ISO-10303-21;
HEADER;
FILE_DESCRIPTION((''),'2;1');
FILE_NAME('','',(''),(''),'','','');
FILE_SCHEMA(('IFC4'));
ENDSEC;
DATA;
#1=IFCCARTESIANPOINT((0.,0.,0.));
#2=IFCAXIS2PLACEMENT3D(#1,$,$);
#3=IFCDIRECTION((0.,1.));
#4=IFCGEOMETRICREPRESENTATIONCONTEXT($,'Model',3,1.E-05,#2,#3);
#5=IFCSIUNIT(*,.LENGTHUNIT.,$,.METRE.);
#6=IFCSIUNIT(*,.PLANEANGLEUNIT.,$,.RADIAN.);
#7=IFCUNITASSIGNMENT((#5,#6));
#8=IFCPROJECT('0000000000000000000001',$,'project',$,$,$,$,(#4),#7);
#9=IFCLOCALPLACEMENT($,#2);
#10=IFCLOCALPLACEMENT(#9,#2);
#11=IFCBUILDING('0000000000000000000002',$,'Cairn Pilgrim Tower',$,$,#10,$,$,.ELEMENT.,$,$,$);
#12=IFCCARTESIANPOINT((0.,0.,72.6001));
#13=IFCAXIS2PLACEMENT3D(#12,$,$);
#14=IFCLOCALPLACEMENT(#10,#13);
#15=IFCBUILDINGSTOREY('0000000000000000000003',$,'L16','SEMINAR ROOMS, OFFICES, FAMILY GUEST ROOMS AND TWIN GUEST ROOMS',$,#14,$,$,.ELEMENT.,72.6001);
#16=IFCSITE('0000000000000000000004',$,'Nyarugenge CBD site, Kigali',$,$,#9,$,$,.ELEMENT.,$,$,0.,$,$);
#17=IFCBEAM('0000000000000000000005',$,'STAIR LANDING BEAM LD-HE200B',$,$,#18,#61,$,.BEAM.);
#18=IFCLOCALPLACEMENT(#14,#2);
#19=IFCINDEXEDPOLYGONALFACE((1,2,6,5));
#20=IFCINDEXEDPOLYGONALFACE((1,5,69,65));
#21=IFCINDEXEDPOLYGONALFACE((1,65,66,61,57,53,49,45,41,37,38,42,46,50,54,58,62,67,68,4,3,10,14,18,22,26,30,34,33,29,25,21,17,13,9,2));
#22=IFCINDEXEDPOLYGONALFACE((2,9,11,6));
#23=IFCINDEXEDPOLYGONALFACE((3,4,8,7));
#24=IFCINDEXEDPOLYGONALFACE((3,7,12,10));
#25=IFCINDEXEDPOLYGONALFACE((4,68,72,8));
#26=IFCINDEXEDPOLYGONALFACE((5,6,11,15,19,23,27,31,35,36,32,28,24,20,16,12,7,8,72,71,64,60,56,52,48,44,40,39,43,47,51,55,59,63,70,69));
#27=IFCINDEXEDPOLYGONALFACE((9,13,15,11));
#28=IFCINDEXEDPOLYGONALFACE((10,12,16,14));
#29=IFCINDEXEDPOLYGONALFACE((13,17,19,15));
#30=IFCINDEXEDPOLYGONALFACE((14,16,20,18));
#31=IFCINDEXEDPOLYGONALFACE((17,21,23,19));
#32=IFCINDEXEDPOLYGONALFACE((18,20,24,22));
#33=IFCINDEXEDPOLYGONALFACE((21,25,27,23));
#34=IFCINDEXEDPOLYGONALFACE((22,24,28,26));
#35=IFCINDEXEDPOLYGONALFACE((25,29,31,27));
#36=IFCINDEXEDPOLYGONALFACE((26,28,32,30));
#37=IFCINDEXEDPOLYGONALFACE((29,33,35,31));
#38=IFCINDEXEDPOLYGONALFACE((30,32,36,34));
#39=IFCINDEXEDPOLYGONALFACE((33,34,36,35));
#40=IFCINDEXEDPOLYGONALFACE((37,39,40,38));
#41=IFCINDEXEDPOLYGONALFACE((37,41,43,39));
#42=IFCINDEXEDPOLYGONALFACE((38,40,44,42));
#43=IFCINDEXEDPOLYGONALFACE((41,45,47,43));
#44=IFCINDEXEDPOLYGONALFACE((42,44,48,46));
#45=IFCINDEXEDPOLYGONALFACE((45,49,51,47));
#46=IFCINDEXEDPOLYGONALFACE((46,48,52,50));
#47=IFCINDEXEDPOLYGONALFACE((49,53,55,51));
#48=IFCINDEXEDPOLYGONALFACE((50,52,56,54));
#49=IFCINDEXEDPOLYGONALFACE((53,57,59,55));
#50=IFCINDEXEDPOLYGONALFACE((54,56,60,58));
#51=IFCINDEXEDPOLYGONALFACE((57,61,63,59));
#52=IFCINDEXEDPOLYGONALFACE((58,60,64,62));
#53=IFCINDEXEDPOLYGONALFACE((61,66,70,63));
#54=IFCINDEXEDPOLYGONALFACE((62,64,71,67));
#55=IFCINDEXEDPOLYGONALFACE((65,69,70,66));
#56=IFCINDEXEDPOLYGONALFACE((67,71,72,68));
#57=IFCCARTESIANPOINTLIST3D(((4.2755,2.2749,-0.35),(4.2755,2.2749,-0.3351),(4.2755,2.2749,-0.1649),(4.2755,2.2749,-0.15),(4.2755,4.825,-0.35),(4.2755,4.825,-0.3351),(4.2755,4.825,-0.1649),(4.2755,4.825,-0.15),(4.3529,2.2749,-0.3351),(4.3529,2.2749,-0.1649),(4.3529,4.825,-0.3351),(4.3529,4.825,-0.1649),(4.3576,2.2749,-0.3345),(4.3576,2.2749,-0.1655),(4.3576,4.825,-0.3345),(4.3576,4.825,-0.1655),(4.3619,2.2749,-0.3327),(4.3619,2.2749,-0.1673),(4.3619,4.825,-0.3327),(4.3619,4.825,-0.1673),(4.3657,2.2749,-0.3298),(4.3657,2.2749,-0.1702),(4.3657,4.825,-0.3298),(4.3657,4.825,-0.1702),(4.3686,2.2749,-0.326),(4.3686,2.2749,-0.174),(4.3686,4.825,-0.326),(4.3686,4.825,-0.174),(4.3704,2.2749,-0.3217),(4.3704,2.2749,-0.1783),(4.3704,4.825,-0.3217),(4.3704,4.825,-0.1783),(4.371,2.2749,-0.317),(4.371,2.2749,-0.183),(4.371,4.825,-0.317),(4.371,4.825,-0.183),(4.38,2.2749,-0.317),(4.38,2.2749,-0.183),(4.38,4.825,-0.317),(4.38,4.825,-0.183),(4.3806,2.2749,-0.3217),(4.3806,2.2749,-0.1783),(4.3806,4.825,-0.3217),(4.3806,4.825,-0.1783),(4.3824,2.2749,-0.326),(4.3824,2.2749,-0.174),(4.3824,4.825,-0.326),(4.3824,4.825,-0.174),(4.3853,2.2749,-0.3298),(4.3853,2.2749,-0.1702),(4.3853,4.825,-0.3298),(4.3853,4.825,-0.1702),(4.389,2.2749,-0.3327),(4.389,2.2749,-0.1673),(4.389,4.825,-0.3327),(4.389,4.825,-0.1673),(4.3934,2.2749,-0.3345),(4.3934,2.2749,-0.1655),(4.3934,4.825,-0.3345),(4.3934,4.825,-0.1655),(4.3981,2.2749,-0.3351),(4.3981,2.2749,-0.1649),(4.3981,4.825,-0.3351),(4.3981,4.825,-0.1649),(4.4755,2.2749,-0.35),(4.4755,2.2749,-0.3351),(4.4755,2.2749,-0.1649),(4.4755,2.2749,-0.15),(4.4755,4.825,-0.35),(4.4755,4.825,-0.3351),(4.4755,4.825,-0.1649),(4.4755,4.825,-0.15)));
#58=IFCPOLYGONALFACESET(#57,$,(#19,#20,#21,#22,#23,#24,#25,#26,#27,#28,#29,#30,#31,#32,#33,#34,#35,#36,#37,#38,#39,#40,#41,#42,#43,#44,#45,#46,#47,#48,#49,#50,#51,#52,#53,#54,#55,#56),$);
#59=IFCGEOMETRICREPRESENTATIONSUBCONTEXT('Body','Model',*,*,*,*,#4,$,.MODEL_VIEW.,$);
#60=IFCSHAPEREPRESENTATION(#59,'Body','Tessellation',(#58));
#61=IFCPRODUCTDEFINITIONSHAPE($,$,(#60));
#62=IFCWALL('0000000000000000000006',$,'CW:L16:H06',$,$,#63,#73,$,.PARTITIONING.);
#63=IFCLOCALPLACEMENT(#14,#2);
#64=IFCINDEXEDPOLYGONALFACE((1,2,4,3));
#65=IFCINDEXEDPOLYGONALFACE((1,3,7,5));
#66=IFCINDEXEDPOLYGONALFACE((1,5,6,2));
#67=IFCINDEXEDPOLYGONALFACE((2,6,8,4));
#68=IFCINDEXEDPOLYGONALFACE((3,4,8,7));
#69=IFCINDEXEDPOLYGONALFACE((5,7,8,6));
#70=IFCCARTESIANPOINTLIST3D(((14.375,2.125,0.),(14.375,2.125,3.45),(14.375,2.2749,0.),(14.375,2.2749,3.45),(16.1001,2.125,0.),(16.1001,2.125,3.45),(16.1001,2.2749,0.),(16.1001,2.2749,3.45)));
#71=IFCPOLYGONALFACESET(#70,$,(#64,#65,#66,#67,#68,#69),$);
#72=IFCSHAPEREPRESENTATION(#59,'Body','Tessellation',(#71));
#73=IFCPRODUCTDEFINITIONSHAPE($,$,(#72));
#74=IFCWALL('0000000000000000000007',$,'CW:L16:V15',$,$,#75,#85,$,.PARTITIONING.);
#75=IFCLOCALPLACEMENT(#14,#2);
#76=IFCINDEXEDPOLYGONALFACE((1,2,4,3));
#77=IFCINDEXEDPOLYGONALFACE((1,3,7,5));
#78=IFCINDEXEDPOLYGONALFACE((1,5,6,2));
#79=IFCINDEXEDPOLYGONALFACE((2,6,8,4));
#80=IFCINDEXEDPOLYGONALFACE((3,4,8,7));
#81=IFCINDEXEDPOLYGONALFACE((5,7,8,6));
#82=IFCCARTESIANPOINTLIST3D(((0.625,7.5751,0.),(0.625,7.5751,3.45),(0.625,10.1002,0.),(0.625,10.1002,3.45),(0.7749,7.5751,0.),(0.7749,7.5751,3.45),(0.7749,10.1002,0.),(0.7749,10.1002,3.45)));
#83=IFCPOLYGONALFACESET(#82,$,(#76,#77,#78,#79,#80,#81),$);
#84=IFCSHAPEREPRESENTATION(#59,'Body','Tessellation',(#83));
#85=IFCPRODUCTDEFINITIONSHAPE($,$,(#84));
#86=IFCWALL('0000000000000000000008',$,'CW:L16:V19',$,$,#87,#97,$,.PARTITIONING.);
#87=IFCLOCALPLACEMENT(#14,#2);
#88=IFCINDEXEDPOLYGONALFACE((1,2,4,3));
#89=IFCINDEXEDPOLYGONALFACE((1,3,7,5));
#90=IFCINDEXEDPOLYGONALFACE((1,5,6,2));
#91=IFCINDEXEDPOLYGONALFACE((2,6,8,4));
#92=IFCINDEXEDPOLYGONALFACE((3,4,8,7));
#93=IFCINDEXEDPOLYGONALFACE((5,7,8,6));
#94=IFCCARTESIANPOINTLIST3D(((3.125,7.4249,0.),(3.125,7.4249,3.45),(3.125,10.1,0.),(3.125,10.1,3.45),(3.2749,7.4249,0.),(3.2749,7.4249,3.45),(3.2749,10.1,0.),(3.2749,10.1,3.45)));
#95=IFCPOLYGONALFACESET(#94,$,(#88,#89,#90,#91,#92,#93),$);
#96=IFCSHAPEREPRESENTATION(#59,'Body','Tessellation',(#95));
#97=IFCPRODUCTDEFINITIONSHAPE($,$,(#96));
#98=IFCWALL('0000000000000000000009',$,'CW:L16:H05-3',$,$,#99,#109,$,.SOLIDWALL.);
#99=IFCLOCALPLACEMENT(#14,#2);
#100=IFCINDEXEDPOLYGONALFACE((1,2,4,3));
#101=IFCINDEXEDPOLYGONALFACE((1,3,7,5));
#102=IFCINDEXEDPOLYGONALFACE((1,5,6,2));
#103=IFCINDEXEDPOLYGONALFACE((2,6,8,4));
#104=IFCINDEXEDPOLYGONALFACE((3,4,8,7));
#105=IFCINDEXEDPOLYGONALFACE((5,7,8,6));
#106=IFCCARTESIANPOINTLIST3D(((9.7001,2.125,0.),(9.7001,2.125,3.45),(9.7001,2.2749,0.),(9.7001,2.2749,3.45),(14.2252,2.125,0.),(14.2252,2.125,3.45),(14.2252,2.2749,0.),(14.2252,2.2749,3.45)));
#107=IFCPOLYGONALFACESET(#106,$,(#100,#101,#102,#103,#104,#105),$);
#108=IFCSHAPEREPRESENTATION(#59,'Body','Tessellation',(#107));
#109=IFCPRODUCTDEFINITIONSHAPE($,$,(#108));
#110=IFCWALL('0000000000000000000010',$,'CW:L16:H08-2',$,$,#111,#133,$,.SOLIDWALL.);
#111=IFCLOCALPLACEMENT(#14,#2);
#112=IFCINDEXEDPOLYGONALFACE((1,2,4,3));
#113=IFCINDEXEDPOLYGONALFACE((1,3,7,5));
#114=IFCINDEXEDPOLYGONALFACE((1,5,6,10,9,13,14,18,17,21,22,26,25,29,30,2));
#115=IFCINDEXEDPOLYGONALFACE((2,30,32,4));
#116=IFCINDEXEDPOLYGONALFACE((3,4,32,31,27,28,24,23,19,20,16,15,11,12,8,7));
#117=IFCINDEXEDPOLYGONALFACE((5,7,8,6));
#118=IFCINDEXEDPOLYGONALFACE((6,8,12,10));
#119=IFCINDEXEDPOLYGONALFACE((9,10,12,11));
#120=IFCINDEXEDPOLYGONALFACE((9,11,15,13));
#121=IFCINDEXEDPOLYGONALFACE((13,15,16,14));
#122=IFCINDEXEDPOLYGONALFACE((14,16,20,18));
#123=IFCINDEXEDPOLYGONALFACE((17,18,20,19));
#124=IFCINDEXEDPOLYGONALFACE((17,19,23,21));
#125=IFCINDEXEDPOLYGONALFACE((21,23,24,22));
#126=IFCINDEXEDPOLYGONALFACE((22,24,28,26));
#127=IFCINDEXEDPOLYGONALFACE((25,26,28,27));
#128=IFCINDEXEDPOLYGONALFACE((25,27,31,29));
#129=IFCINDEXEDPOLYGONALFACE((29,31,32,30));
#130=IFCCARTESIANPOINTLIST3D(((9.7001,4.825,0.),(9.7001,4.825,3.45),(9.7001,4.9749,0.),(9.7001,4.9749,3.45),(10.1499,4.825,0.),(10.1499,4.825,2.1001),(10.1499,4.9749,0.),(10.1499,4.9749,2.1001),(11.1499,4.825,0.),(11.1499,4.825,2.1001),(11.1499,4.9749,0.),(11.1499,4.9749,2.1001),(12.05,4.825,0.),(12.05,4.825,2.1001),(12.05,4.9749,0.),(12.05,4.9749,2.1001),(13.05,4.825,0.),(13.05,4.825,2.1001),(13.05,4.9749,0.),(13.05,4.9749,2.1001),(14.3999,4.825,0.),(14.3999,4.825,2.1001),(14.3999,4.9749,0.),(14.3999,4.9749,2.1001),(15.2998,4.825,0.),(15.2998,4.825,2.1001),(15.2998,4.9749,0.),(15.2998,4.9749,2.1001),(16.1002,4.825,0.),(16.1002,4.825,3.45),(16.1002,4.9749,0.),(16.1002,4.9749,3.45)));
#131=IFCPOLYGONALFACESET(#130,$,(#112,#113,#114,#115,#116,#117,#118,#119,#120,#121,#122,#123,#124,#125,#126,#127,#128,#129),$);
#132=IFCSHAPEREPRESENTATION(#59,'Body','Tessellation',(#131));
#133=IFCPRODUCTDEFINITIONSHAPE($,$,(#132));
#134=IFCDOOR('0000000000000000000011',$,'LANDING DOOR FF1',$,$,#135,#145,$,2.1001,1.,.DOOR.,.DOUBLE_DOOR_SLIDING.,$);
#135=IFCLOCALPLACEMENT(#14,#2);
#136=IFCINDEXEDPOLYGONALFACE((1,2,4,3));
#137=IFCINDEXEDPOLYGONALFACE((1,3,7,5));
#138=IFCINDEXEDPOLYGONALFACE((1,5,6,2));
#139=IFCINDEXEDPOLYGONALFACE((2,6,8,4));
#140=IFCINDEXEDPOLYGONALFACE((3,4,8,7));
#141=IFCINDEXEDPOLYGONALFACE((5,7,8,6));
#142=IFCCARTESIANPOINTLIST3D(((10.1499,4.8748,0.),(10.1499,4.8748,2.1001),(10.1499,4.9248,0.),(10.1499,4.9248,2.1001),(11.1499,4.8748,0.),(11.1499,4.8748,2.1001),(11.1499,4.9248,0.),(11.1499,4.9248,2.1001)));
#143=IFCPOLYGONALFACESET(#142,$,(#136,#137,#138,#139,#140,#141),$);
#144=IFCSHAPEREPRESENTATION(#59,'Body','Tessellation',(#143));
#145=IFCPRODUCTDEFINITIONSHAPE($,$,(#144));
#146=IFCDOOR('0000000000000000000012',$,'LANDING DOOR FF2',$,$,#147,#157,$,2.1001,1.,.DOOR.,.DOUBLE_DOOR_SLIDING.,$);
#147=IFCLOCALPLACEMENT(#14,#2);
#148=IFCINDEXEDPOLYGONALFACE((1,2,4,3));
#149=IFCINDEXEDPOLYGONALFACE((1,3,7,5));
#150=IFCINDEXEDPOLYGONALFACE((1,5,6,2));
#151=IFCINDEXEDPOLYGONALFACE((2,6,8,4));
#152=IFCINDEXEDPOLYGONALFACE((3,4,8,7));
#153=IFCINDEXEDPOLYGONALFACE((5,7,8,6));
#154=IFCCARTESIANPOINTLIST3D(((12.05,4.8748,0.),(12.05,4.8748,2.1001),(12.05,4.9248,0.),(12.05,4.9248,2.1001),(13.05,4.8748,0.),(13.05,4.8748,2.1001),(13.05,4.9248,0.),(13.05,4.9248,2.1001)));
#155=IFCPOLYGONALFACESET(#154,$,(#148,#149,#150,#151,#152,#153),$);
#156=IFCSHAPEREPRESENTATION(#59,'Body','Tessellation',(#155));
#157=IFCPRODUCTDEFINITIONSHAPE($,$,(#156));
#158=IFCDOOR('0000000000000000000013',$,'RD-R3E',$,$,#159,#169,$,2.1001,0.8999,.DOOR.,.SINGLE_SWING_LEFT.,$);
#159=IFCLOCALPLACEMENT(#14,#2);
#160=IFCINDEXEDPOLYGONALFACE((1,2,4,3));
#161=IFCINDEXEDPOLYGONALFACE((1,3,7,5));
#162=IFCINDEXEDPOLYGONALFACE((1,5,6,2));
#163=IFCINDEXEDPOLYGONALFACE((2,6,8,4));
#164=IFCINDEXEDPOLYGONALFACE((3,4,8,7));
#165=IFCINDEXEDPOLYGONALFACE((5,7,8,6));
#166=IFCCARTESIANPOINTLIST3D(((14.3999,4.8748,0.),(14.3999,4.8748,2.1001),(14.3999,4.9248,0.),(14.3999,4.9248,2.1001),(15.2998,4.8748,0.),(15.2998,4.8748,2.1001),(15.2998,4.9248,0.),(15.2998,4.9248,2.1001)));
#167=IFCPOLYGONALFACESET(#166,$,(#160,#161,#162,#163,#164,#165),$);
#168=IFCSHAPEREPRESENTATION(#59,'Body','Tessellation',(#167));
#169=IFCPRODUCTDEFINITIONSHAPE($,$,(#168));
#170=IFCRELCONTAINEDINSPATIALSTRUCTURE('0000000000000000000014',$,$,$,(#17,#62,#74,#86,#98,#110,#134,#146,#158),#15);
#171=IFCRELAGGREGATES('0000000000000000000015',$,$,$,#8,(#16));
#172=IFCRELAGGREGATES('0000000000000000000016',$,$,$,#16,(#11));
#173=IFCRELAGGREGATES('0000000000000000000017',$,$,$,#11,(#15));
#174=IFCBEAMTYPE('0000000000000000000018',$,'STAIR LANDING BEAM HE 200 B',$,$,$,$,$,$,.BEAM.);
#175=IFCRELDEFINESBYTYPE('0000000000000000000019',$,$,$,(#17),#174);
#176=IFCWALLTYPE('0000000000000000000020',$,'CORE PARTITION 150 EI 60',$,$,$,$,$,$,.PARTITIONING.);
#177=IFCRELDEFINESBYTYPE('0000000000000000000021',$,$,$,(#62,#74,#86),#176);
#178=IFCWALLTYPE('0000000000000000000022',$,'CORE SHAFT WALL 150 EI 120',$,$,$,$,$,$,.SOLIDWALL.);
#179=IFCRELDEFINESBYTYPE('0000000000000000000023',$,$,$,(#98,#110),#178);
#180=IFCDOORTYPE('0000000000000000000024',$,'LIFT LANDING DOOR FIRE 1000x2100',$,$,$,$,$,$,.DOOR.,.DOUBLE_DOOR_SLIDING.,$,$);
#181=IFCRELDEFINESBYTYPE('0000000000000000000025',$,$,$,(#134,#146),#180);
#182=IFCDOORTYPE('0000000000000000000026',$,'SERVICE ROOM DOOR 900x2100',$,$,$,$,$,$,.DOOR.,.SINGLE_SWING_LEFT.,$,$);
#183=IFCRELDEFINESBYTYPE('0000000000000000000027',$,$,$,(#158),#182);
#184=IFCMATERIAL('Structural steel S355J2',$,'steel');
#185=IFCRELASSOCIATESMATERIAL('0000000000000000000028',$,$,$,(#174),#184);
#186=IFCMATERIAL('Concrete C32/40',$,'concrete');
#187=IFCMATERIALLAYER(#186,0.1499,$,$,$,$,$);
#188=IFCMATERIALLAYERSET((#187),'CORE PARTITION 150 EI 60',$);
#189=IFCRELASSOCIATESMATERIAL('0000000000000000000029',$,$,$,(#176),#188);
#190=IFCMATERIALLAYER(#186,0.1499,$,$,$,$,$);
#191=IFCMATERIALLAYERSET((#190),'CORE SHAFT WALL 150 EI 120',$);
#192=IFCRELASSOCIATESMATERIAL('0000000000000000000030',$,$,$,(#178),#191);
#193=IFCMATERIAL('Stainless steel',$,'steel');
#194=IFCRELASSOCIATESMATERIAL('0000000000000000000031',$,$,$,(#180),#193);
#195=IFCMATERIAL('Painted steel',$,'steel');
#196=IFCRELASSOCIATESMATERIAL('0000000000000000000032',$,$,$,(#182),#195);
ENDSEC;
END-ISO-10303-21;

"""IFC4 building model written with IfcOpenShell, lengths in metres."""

from ifc_helpers import new_model, si_unit, direction, frame, frame_2d, origin, origin_2d, place, context, subcontext, project, spatial, rectangle, i_section, extrude, material, layer, layer_set, material_profile, profile_set, type_object, element, fill, save


model = new_model("IFC4")

# Units and contexts
model_context = context("Model", 3, precision=1e-05, world=origin(), true_north=direction((0.0, 1.0)))
body_context = subcontext(model_context, "Body", "Model", "MODEL_VIEW")
ifc_project = project(units=[si_unit("LENGTHUNIT", "METRE"), si_unit("PLANEANGLEUNIT", "RADIAN")], contexts=[model_context])

# Site, building, storey
site_placement = place(None, origin())
site = spatial("IfcSite", under=ifc_project, at=site_placement, Name="Nyarugenge CBD site, Kigali", CompositionType="ELEMENT", RefElevation=0.0)
building_placement = place(site_placement, origin())
building = spatial("IfcBuilding", under=site, at=building_placement, Name="Cairn Pilgrim Tower", CompositionType="ELEMENT")
storey_placement = place(building_placement, frame((0.0, 0.0, 72.6001)))
storey = spatial("IfcBuildingStorey", under=building, at=storey_placement, Name="L16", Description="SEMINAR ROOMS, OFFICES, FAMILY GUEST ROOMS AND TWIN GUEST ROOMS", CompositionType="ELEMENT", Elevation=72.6001)

# Beam
ifc_material_1 = material(Name="Structural steel S355J2", Category="steel")
ifc_material_profile = material_profile(ifc_material_1, i_section(OverallWidth=0.2, OverallDepth=0.2, WebThickness=0.009, FlangeThickness=0.0149, FilletRadius=0.0181, at=origin_2d()), Name="HE 200 B")
ifc_profile_set = profile_set([ifc_material_profile], Name="Structural steel S355J2")
beam_type = type_object("IfcBeamType", Name="STAIR LANDING BEAM HE 200 B", PredefinedType="BEAM", material=ifc_profile_set)
beam_placement = place(storey_placement, frame((4.3755, 2.2749, -0.25), z_axis=(0.0, 1.0, 0.0), x_axis=(-1.0, 0.0, 0.0)))
element("IfcBeam", 1, at=beam_placement, inside=storey, type_object=beam_type, Name="STAIR LANDING BEAM LD-HE200B", PredefinedType="BEAM", context=body_context, shape_type="SweptSolid", body=[
    extrude(i_section(OverallWidth=0.2, OverallDepth=0.2, WebThickness=0.009, FlangeThickness=0.0149, FilletRadius=0.0181, at=origin_2d()), origin(), (0.0, 0.0, 1.0), 2.55),
])

# Walls
ifc_material_2 = material(Name="Concrete C32/40", Category="concrete")
ifc_layer_1 = layer(ifc_material_2, 0.1499)
ifc_layer_set_1 = layer_set([ifc_layer_1], Name="CORE PARTITION 150 EI 60")
wall_type_1 = type_object("IfcWallType", Name="CORE PARTITION 150 EI 60", PredefinedType="PARTITIONING", material=ifc_layer_set_1)
wall_1_placement = place(storey_placement, frame((14.375, 2.2, 0.0), z_axis=(0.0, 0.0, 1.0), x_axis=(1.0, 0.0, 0.0)))
element("IfcWall", 2, at=wall_1_placement, inside=storey, type_object=wall_type_1, Name="CW:L16:H06", PredefinedType="PARTITIONING", context=body_context, shape_type="SweptSolid", body=[
    extrude(rectangle(XDim=1.7251, YDim=0.1499, at=frame_2d((0.8625, 0.0))), origin(), (0.0, 0.0, 1.0), 3.45),
])
wall_2_placement = place(storey_placement, frame((0.7, 7.575, 0.0), z_axis=(0.0, 0.0, 1.0), x_axis=(0.0, 1.0, 0.0)))
element("IfcWall", 3, at=wall_2_placement, inside=storey, type_object=wall_type_1, Name="CW:L16:V15", PredefinedType="PARTITIONING", context=body_context, shape_type="SweptSolid", body=[
    extrude(rectangle(XDim=2.5251, YDim=0.1499, at=frame_2d((1.2627, 0.0))), origin(), (0.0, 0.0, 1.0), 3.45),
])
wall_3_placement = place(storey_placement, frame((3.2, 7.425, 0.0), z_axis=(0.0, 0.0, 1.0), x_axis=(0.0, 1.0, 0.0)))
element("IfcWall", 4, at=wall_3_placement, inside=storey, type_object=wall_type_1, Name="CW:L16:V19", PredefinedType="PARTITIONING", context=body_context, shape_type="SweptSolid", body=[
    extrude(rectangle(XDim=2.675, YDim=0.1499, at=frame_2d((1.3374, 0.0))), origin(), (0.0, 0.0, 1.0), 3.45),
])
ifc_layer_2 = layer(ifc_material_2, 0.1499)
ifc_layer_set_2 = layer_set([ifc_layer_2], Name="CORE SHAFT WALL 150 EI 120")
wall_type_2 = type_object("IfcWallType", Name="CORE SHAFT WALL 150 EI 120", PredefinedType="SOLIDWALL", material=ifc_layer_set_2)
wall_4_placement = place(storey_placement, frame((9.7, 2.2, 0.0), z_axis=(0.0, 0.0, 1.0), x_axis=(1.0, 0.0, 0.0)))
element("IfcWall", 5, at=wall_4_placement, inside=storey, type_object=wall_type_2, Name="CW:L16:H05-3", PredefinedType="SOLIDWALL", context=body_context, shape_type="SweptSolid", body=[
    extrude(rectangle(XDim=4.5251, YDim=0.1499, at=frame_2d((2.2627, 0.0))), origin(), (0.0, 0.0, 1.0), 3.45),
])

# Wall, openings, doors
wall_5_placement = place(storey_placement, frame((9.7, 4.8999, 0.0), z_axis=(0.0, 0.0, 1.0), x_axis=(1.0, 0.0, 0.0)))
wall_5 = element("IfcWall", 6, at=wall_5_placement, inside=storey, type_object=wall_type_2, Name="CW:L16:H08-2", PredefinedType="SOLIDWALL", context=body_context, shape_type="SweptSolid", body=[
    extrude(rectangle(XDim=6.4001, YDim=0.1499, at=frame_2d((3.2002, 0.0))), origin(), (0.0, 0.0, 1.0), 3.45),
])
opening_1_placement = place(wall_5_placement, frame((0.45, 0.0, 0.0)))
opening_1 = element("IfcOpeningElement", 7, at=opening_1_placement, cuts=wall_5, PredefinedType="OPENING", context=body_context, shape_type="SweptSolid", body=[
    extrude(rectangle(XDim=1.0, YDim=2.1001, at=frame_2d((0.5, 1.05))), frame((0.0, 0.085, 0.0), z_axis=(0.0, -1.0, 0.0), x_axis=(1.0, 0.0, 0.0)), (0.0, 0.0, 1.0), 0.1699),
])
opening_2_placement = place(wall_5_placement, frame((2.3501, 0.0, 0.0)))
opening_2 = element("IfcOpeningElement", 8, at=opening_2_placement, cuts=wall_5, PredefinedType="OPENING", context=body_context, shape_type="SweptSolid", body=[
    extrude(rectangle(XDim=1.0, YDim=2.1001, at=frame_2d((0.5, 1.05))), frame((0.0, 0.085, 0.0), z_axis=(0.0, -1.0, 0.0), x_axis=(1.0, 0.0, 0.0)), (0.0, 0.0, 1.0), 0.1699),
])
opening_3_placement = place(wall_5_placement, frame((4.7, 0.0, 0.0)))
opening_3 = element("IfcOpeningElement", 9, at=opening_3_placement, cuts=wall_5, PredefinedType="OPENING", context=body_context, shape_type="SweptSolid", body=[
    extrude(rectangle(XDim=0.8999, YDim=2.1001, at=frame_2d((0.45, 1.05))), frame((0.0, 0.085, 0.0), z_axis=(0.0, -1.0, 0.0), x_axis=(1.0, 0.0, 0.0)), (0.0, 0.0, 1.0), 0.1699),
])
ifc_material_3 = material(Name="Stainless steel", Category="steel")
door_type_1 = type_object("IfcDoorType", Name="LIFT LANDING DOOR FIRE 1000x2100", OperationType="DOUBLE_DOOR_SLIDING", PredefinedType="DOOR", material=ifc_material_3)
door_1_placement = place(opening_1_placement, origin())
door_1 = element("IfcDoor", 10, at=door_1_placement, inside=storey, type_object=door_type_1, Name="LANDING DOOR FF1", OperationType="DOUBLE_DOOR_SLIDING", OverallHeight=2.1001, OverallWidth=1.0, PredefinedType="DOOR", context=body_context, shape_type="SweptSolid", body=[
    extrude(rectangle(XDim=1.0, YDim=2.1001, at=frame_2d((0.5, 1.05))), frame((0.0, 0.0249, 0.0), z_axis=(0.0, -1.0, 0.0), x_axis=(1.0, 0.0, 0.0)), (0.0, 0.0, 1.0), 0.05),
])
fill(opening_1, door_1)
door_2_placement = place(opening_2_placement, origin())
door_2 = element("IfcDoor", 11, at=door_2_placement, inside=storey, type_object=door_type_1, Name="LANDING DOOR FF2", OperationType="DOUBLE_DOOR_SLIDING", OverallHeight=2.1001, OverallWidth=1.0, PredefinedType="DOOR", context=body_context, shape_type="SweptSolid", body=[
    extrude(rectangle(XDim=1.0, YDim=2.1001, at=frame_2d((0.5, 1.05))), frame((0.0, 0.0249, 0.0), z_axis=(0.0, -1.0, 0.0), x_axis=(1.0, 0.0, 0.0)), (0.0, 0.0, 1.0), 0.05),
])
fill(opening_2, door_2)
ifc_material_4 = material(Name="Painted steel", Category="steel")
door_type_2 = type_object("IfcDoorType", Name="SERVICE ROOM DOOR 900x2100", OperationType="SINGLE_SWING_LEFT", PredefinedType="DOOR", material=ifc_material_4)
door_3_placement = place(opening_3_placement, origin())
door_3 = element("IfcDoor", 12, at=door_3_placement, inside=storey, type_object=door_type_2, Name="RD-R3E", OperationType="SINGLE_SWING_LEFT", OverallHeight=2.1001, OverallWidth=0.8999, PredefinedType="DOOR", context=body_context, shape_type="SweptSolid", body=[
    extrude(rectangle(XDim=0.8999, YDim=2.1001, at=frame_2d((0.45, 1.05))), frame((0.0, 0.0249, 0.0), z_axis=(0.0, -1.0, 0.0), x_axis=(1.0, 0.0, 0.0)), (0.0, 0.0, 1.0), 0.05),
])
fill(opening_3, door_3)

save(model, "model.ifc")
